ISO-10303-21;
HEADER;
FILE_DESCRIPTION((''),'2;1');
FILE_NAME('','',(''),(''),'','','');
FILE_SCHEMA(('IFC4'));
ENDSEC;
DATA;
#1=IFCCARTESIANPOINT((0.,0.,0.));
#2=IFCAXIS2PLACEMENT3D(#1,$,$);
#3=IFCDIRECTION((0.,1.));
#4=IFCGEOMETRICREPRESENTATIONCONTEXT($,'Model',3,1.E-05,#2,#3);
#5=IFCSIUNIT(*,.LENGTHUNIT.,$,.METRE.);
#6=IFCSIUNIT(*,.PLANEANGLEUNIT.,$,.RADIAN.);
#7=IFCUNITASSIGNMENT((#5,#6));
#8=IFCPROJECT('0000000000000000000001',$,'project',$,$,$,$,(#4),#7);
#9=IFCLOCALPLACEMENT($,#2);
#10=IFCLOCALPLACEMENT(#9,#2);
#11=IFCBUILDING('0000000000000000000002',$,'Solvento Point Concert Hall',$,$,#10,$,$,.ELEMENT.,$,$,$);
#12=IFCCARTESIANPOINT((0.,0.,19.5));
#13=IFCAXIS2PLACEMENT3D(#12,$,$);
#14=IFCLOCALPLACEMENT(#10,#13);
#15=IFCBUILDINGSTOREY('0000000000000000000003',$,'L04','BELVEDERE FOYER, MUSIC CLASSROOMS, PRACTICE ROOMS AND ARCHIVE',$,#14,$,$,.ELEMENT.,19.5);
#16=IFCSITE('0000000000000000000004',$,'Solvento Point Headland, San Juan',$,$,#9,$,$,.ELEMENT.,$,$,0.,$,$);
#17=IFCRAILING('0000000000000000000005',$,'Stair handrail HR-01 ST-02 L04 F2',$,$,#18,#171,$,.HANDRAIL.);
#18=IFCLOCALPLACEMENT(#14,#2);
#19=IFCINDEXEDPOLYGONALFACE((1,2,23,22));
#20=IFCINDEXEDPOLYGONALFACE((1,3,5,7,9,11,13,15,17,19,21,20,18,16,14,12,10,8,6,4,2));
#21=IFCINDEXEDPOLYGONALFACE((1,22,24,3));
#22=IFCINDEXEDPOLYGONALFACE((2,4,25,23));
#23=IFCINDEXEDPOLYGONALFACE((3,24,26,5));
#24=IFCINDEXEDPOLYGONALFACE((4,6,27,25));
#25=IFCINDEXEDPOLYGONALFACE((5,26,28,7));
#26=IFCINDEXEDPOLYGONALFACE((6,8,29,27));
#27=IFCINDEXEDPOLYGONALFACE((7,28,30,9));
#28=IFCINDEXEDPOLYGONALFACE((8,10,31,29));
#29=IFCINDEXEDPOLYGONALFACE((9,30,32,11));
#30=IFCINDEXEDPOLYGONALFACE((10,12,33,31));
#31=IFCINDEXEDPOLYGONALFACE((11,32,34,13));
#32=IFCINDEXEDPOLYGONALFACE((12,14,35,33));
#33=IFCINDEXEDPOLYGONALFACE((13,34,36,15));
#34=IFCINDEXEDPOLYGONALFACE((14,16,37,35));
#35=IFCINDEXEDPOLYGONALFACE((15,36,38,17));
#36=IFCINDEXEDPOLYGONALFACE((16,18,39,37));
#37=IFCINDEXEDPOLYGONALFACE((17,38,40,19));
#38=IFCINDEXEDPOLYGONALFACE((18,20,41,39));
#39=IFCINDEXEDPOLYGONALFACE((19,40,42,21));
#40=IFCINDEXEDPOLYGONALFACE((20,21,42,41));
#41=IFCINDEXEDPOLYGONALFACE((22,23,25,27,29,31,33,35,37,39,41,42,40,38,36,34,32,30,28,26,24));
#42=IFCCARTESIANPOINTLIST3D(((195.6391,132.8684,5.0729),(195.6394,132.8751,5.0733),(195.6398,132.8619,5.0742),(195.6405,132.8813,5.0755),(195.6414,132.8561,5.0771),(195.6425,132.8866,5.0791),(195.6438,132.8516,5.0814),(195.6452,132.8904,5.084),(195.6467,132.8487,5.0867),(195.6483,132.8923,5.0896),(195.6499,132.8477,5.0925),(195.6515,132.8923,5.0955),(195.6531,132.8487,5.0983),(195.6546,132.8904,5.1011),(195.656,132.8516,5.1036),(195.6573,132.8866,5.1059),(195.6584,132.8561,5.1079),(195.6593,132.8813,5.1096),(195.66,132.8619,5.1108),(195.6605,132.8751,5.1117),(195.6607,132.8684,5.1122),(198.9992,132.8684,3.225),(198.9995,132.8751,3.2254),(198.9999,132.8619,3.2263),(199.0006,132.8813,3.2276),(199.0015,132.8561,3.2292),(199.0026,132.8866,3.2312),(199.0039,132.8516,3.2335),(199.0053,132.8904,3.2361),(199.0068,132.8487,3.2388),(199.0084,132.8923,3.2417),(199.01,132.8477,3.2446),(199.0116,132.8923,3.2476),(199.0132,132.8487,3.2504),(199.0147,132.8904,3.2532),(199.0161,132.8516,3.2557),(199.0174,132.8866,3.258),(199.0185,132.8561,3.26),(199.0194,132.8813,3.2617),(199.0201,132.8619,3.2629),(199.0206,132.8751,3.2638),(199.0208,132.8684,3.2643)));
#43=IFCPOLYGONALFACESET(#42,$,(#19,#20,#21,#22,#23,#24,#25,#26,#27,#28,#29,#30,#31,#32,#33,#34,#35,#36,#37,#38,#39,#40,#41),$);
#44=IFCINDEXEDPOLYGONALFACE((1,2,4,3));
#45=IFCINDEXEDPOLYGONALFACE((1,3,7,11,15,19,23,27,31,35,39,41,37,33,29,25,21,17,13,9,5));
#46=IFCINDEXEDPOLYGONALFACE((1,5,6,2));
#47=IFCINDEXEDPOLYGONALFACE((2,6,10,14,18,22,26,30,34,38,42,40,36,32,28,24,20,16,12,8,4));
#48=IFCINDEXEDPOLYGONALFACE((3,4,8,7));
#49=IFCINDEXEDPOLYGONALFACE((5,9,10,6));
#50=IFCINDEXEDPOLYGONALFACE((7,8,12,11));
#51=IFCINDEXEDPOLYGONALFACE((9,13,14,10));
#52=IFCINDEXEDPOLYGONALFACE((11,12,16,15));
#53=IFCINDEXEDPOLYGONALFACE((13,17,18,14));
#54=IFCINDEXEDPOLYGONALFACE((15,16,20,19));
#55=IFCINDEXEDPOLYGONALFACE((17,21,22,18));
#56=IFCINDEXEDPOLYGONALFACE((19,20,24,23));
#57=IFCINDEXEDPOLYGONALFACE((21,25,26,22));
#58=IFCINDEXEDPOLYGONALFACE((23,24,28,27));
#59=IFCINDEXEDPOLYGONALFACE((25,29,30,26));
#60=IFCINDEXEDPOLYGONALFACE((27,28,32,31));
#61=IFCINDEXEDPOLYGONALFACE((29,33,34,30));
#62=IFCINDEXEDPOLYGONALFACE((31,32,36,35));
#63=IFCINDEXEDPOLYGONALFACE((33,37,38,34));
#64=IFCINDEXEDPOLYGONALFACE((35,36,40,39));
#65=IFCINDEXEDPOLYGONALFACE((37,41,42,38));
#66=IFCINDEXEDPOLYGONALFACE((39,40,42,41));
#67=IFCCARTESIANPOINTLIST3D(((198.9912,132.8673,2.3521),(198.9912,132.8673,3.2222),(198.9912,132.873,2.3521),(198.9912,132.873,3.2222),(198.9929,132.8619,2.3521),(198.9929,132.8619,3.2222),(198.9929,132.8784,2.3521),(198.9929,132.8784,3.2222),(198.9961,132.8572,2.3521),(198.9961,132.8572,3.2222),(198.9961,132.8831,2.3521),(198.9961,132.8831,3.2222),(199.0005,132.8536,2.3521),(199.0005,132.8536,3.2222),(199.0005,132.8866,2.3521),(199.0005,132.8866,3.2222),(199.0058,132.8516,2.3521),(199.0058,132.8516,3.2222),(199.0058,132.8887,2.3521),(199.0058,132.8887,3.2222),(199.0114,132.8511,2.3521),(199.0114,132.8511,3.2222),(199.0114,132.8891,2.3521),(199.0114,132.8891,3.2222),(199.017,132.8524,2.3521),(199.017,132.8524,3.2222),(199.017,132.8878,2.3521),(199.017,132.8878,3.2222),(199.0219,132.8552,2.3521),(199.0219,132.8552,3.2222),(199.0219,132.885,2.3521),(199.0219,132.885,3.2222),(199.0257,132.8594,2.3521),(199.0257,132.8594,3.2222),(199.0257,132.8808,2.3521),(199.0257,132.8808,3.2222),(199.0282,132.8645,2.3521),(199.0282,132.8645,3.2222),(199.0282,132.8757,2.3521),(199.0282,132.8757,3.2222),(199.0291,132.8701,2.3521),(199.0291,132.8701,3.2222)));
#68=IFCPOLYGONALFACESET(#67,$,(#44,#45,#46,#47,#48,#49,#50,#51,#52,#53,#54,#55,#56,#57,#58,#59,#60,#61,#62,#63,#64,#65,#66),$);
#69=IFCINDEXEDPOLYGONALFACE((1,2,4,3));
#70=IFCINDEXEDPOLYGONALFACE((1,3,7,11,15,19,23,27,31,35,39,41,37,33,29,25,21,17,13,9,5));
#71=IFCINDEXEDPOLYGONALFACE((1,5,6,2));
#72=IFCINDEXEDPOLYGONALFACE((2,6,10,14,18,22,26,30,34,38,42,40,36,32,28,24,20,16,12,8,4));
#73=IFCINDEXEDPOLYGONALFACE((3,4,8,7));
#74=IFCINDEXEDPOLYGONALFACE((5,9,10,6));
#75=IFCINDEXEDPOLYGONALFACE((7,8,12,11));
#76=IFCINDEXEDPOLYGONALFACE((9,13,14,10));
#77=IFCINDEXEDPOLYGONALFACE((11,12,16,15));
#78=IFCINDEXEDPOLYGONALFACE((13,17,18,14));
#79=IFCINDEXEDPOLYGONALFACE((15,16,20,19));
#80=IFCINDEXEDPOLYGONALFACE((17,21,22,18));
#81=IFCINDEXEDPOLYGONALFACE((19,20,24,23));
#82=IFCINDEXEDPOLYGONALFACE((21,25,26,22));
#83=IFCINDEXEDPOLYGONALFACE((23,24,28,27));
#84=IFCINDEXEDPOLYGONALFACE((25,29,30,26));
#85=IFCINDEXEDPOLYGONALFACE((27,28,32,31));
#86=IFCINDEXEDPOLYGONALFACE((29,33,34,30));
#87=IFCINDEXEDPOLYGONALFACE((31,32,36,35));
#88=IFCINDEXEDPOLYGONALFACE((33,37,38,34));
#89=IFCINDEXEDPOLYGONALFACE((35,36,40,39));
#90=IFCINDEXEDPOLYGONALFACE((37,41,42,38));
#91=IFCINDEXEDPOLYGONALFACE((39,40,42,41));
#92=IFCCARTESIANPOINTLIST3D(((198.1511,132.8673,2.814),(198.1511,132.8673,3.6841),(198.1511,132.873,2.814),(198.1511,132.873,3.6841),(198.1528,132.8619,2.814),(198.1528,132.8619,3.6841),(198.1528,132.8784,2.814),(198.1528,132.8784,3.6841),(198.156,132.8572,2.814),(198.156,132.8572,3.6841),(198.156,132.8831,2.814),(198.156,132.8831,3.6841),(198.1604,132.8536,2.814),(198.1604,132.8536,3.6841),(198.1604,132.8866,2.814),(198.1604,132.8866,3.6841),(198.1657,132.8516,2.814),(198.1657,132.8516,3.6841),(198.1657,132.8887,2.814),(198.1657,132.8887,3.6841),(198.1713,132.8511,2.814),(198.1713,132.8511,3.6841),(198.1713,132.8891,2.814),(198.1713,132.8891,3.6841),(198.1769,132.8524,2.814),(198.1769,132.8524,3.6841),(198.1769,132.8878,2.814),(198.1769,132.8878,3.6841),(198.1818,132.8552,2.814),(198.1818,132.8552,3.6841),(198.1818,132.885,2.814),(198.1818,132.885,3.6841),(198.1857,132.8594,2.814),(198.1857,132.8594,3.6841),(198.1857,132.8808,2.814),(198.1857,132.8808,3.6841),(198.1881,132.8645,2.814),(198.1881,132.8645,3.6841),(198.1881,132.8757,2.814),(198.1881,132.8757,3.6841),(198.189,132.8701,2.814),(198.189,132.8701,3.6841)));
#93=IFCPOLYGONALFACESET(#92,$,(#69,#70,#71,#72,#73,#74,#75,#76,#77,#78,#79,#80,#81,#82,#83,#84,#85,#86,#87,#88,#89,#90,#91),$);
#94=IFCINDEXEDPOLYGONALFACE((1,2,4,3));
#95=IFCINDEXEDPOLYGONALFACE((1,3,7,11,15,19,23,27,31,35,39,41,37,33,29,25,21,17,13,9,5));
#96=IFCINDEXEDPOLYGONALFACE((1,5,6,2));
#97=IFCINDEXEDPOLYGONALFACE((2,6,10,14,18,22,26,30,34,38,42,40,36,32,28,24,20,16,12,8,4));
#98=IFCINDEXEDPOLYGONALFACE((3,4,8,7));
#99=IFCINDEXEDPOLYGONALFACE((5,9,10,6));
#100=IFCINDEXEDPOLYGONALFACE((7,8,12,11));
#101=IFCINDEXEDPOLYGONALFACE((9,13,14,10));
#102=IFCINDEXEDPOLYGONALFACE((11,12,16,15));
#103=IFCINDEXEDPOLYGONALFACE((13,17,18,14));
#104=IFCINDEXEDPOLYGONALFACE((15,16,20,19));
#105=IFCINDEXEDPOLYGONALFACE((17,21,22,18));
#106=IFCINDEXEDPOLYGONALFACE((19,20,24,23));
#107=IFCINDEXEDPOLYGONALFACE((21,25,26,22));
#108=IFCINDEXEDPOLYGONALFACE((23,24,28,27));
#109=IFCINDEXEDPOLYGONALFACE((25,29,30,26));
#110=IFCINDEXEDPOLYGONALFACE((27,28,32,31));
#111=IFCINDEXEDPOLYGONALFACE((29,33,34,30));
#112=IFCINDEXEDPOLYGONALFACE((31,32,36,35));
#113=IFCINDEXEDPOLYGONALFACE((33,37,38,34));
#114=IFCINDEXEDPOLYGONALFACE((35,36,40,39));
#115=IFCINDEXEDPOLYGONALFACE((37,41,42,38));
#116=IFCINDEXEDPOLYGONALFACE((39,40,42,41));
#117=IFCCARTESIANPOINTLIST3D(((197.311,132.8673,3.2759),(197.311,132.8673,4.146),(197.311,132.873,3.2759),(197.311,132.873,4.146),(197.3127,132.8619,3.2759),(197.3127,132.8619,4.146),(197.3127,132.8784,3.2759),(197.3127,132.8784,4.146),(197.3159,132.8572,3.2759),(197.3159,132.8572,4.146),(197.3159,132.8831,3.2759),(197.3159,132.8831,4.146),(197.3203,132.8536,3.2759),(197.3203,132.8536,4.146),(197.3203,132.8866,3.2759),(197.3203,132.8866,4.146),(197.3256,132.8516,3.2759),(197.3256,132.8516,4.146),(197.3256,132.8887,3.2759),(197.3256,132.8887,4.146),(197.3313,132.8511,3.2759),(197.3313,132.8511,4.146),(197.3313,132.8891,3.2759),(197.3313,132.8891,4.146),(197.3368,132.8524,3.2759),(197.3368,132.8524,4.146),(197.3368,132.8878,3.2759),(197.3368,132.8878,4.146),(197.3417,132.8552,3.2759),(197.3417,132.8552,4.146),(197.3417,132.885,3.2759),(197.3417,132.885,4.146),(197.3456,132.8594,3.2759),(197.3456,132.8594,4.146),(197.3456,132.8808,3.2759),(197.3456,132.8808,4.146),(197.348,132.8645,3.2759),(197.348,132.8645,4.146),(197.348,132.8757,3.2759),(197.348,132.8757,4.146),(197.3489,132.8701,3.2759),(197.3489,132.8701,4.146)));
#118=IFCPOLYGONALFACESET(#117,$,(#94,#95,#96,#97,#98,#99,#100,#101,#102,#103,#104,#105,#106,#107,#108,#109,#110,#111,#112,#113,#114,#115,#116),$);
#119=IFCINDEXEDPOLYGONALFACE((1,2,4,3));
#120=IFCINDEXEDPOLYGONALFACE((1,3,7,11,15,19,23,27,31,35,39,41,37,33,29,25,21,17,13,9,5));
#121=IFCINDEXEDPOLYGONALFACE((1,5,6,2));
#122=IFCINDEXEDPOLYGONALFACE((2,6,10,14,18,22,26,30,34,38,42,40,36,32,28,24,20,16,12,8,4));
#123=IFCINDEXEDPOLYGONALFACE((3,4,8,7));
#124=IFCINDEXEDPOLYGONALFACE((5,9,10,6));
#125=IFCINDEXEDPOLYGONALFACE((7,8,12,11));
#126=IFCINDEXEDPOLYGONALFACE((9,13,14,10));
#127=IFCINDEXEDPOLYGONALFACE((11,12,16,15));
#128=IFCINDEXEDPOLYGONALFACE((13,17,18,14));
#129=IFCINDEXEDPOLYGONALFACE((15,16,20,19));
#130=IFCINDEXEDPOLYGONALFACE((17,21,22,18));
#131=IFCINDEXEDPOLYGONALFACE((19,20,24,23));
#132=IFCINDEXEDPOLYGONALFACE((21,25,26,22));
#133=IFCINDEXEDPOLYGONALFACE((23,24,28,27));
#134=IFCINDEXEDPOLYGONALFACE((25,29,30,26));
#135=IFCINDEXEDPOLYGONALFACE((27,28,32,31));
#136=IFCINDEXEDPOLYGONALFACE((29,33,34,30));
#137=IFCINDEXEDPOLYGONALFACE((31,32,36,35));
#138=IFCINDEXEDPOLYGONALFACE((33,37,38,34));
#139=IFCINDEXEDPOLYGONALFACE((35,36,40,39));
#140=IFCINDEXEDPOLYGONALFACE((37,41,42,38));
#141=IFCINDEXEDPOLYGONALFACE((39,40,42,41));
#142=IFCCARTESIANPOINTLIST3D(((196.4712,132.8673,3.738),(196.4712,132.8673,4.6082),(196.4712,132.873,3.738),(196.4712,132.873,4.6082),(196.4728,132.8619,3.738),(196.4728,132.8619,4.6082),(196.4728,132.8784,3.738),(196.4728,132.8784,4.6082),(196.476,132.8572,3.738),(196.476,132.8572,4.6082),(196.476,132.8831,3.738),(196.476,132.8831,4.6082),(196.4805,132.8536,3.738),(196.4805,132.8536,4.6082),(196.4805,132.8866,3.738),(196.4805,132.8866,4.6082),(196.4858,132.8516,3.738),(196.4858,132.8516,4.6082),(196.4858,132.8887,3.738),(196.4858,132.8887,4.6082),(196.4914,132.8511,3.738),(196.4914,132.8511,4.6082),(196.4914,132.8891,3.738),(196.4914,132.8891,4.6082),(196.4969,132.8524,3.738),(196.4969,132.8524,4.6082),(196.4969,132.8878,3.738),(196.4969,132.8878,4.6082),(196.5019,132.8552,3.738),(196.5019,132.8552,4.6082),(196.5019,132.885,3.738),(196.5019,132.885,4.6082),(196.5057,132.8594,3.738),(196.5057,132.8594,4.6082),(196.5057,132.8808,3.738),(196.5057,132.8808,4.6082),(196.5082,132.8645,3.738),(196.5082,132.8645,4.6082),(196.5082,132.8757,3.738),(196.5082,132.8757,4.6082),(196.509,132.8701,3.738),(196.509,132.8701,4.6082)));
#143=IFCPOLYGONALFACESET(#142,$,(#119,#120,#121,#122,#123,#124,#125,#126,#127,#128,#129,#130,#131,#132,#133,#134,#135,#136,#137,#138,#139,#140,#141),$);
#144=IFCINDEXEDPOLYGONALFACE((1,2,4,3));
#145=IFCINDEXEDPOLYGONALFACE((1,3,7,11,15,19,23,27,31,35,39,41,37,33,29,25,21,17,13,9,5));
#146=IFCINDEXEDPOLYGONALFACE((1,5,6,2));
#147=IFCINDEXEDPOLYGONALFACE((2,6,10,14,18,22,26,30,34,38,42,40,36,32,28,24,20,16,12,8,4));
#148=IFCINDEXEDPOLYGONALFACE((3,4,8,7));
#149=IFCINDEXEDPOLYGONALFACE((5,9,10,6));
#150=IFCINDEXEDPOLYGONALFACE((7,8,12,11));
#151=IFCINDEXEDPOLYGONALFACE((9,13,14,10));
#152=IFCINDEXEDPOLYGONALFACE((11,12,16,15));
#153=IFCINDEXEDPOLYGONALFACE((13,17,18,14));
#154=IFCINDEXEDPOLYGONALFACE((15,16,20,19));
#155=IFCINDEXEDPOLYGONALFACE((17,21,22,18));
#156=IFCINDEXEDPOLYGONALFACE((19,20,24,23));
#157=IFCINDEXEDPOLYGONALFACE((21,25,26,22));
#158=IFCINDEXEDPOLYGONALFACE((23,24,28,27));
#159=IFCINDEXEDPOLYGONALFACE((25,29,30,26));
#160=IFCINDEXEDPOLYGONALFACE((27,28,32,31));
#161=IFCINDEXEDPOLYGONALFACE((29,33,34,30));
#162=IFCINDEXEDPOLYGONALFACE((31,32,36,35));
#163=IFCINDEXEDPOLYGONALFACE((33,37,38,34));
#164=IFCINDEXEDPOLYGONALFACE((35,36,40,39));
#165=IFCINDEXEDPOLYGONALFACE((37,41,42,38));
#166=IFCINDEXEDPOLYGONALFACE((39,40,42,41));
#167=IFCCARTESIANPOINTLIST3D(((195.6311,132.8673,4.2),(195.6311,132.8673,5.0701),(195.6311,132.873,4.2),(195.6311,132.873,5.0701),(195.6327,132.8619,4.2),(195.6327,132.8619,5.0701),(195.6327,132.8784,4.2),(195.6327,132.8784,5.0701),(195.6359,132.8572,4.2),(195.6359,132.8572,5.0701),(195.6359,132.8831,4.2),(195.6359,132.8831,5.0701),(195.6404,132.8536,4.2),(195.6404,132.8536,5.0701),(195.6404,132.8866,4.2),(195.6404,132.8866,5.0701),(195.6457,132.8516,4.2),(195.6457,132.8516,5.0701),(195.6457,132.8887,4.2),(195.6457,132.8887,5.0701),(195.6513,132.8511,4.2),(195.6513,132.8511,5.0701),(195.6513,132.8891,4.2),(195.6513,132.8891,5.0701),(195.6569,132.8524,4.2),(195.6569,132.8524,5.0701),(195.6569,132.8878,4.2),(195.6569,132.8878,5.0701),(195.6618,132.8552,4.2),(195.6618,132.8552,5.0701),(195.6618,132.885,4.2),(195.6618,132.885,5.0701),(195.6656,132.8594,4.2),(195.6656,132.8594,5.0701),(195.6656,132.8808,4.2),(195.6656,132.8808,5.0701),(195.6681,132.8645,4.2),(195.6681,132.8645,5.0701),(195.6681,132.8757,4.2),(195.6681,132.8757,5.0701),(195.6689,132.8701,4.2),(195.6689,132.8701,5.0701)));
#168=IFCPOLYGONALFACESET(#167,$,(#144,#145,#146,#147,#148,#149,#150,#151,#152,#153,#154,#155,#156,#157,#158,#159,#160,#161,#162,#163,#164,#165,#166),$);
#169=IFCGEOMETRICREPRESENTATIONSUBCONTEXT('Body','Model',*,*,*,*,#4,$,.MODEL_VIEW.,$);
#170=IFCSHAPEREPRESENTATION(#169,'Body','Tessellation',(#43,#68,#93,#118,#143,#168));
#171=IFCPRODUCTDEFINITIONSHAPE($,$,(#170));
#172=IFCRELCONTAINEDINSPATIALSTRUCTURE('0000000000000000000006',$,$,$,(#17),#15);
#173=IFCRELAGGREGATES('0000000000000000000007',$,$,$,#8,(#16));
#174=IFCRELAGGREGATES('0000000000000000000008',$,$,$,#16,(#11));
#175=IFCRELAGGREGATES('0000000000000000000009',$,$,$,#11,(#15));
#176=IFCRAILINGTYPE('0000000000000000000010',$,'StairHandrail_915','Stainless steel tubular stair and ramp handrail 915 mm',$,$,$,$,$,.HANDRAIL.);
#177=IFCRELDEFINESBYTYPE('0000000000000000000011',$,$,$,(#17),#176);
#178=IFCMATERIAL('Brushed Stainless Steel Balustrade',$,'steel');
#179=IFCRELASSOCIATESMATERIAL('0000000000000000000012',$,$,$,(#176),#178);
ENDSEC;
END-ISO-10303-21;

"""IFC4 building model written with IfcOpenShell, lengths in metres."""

from ifc_helpers import new_model, si_unit, direction, frame, origin, origin_2d, place, context, subcontext, project, spatial, circle, extrude, material, type_object, element, save


model = new_model("IFC4")

# Units and contexts
model_context = context("Model", 3, precision=1e-05, world=origin(), true_north=direction((0.0, 1.0)))
body_context = subcontext(model_context, "Body", "Model", "MODEL_VIEW")
ifc_project = project(units=[si_unit("LENGTHUNIT", "METRE"), si_unit("PLANEANGLEUNIT", "RADIAN")], contexts=[model_context])

# Site, building, storey
site_placement = place(None, origin())
site = spatial("IfcSite", under=ifc_project, at=site_placement, Name="Solvento Point Headland, San Juan", CompositionType="ELEMENT", RefElevation=0.0)
building_placement = place(site_placement, origin())
building = spatial("IfcBuilding", under=site, at=building_placement, Name="Solvento Point Concert Hall", CompositionType="ELEMENT")
storey_placement = place(building_placement, frame((0.0, 0.0, 19.5)))
storey = spatial("IfcBuildingStorey", under=building, at=storey_placement, Name="L04", Description="BELVEDERE FOYER, MUSIC CLASSROOMS, PRACTICE ROOMS AND ARCHIVE", CompositionType="ELEMENT", Elevation=19.5)

# Railing
ifc_material_1 = material(Name="Brushed Stainless Steel Balustrade", Category="steel")
railing_type_1 = type_object("IfcRailingType", Name="StairHandrail_915", Description="Stainless steel tubular stair and ramp handrail 915 mm", PredefinedType="HANDRAIL", material=ifc_material_1)
railing_1_placement = place(storey_placement, frame((199.01, 132.8701, 2.3521)))
element("IfcRailing", 1, at=railing_1_placement, inside=storey, type_object=railing_type_1, Name="Stair handrail HR-01 ST-02 L04 F2", PredefinedType="HANDRAIL", context=body_context, shape_type="SweptSolid", body=[
    extrude(circle(Radius=0.0225, at=origin_2d()), frame((0.0, 0.0, 0.8926), z_axis=(-0.876233, 0.0, 0.481887), x_axis=(0.0, -1.0, 0.0)), (0.0, 0.0, 1.0), 3.8347),
    extrude(circle(Radius=0.019, at=origin_2d()), origin(), (0.0, 0.0, 1.0), 0.8701),
    extrude(circle(Radius=0.019, at=origin_2d()), frame((-0.8401, 0.0, 0.4619)), (0.0, 0.0, 1.0), 0.8701),
    extrude(circle(Radius=0.019, at=origin_2d()), frame((-1.6802, 0.0, 0.9238)), (0.0, 0.0, 1.0), 0.8701),
    extrude(circle(Radius=0.019, at=origin_2d()), frame((-2.52, 0.0, 1.386)), (0.0, 0.0, 1.0), 0.8701),
    extrude(circle(Radius=0.019, at=origin_2d()), frame((-3.3601, 0.0, 1.8479)), (0.0, 0.0, 1.0), 0.8701),
])

save(model, "model.ifc")
